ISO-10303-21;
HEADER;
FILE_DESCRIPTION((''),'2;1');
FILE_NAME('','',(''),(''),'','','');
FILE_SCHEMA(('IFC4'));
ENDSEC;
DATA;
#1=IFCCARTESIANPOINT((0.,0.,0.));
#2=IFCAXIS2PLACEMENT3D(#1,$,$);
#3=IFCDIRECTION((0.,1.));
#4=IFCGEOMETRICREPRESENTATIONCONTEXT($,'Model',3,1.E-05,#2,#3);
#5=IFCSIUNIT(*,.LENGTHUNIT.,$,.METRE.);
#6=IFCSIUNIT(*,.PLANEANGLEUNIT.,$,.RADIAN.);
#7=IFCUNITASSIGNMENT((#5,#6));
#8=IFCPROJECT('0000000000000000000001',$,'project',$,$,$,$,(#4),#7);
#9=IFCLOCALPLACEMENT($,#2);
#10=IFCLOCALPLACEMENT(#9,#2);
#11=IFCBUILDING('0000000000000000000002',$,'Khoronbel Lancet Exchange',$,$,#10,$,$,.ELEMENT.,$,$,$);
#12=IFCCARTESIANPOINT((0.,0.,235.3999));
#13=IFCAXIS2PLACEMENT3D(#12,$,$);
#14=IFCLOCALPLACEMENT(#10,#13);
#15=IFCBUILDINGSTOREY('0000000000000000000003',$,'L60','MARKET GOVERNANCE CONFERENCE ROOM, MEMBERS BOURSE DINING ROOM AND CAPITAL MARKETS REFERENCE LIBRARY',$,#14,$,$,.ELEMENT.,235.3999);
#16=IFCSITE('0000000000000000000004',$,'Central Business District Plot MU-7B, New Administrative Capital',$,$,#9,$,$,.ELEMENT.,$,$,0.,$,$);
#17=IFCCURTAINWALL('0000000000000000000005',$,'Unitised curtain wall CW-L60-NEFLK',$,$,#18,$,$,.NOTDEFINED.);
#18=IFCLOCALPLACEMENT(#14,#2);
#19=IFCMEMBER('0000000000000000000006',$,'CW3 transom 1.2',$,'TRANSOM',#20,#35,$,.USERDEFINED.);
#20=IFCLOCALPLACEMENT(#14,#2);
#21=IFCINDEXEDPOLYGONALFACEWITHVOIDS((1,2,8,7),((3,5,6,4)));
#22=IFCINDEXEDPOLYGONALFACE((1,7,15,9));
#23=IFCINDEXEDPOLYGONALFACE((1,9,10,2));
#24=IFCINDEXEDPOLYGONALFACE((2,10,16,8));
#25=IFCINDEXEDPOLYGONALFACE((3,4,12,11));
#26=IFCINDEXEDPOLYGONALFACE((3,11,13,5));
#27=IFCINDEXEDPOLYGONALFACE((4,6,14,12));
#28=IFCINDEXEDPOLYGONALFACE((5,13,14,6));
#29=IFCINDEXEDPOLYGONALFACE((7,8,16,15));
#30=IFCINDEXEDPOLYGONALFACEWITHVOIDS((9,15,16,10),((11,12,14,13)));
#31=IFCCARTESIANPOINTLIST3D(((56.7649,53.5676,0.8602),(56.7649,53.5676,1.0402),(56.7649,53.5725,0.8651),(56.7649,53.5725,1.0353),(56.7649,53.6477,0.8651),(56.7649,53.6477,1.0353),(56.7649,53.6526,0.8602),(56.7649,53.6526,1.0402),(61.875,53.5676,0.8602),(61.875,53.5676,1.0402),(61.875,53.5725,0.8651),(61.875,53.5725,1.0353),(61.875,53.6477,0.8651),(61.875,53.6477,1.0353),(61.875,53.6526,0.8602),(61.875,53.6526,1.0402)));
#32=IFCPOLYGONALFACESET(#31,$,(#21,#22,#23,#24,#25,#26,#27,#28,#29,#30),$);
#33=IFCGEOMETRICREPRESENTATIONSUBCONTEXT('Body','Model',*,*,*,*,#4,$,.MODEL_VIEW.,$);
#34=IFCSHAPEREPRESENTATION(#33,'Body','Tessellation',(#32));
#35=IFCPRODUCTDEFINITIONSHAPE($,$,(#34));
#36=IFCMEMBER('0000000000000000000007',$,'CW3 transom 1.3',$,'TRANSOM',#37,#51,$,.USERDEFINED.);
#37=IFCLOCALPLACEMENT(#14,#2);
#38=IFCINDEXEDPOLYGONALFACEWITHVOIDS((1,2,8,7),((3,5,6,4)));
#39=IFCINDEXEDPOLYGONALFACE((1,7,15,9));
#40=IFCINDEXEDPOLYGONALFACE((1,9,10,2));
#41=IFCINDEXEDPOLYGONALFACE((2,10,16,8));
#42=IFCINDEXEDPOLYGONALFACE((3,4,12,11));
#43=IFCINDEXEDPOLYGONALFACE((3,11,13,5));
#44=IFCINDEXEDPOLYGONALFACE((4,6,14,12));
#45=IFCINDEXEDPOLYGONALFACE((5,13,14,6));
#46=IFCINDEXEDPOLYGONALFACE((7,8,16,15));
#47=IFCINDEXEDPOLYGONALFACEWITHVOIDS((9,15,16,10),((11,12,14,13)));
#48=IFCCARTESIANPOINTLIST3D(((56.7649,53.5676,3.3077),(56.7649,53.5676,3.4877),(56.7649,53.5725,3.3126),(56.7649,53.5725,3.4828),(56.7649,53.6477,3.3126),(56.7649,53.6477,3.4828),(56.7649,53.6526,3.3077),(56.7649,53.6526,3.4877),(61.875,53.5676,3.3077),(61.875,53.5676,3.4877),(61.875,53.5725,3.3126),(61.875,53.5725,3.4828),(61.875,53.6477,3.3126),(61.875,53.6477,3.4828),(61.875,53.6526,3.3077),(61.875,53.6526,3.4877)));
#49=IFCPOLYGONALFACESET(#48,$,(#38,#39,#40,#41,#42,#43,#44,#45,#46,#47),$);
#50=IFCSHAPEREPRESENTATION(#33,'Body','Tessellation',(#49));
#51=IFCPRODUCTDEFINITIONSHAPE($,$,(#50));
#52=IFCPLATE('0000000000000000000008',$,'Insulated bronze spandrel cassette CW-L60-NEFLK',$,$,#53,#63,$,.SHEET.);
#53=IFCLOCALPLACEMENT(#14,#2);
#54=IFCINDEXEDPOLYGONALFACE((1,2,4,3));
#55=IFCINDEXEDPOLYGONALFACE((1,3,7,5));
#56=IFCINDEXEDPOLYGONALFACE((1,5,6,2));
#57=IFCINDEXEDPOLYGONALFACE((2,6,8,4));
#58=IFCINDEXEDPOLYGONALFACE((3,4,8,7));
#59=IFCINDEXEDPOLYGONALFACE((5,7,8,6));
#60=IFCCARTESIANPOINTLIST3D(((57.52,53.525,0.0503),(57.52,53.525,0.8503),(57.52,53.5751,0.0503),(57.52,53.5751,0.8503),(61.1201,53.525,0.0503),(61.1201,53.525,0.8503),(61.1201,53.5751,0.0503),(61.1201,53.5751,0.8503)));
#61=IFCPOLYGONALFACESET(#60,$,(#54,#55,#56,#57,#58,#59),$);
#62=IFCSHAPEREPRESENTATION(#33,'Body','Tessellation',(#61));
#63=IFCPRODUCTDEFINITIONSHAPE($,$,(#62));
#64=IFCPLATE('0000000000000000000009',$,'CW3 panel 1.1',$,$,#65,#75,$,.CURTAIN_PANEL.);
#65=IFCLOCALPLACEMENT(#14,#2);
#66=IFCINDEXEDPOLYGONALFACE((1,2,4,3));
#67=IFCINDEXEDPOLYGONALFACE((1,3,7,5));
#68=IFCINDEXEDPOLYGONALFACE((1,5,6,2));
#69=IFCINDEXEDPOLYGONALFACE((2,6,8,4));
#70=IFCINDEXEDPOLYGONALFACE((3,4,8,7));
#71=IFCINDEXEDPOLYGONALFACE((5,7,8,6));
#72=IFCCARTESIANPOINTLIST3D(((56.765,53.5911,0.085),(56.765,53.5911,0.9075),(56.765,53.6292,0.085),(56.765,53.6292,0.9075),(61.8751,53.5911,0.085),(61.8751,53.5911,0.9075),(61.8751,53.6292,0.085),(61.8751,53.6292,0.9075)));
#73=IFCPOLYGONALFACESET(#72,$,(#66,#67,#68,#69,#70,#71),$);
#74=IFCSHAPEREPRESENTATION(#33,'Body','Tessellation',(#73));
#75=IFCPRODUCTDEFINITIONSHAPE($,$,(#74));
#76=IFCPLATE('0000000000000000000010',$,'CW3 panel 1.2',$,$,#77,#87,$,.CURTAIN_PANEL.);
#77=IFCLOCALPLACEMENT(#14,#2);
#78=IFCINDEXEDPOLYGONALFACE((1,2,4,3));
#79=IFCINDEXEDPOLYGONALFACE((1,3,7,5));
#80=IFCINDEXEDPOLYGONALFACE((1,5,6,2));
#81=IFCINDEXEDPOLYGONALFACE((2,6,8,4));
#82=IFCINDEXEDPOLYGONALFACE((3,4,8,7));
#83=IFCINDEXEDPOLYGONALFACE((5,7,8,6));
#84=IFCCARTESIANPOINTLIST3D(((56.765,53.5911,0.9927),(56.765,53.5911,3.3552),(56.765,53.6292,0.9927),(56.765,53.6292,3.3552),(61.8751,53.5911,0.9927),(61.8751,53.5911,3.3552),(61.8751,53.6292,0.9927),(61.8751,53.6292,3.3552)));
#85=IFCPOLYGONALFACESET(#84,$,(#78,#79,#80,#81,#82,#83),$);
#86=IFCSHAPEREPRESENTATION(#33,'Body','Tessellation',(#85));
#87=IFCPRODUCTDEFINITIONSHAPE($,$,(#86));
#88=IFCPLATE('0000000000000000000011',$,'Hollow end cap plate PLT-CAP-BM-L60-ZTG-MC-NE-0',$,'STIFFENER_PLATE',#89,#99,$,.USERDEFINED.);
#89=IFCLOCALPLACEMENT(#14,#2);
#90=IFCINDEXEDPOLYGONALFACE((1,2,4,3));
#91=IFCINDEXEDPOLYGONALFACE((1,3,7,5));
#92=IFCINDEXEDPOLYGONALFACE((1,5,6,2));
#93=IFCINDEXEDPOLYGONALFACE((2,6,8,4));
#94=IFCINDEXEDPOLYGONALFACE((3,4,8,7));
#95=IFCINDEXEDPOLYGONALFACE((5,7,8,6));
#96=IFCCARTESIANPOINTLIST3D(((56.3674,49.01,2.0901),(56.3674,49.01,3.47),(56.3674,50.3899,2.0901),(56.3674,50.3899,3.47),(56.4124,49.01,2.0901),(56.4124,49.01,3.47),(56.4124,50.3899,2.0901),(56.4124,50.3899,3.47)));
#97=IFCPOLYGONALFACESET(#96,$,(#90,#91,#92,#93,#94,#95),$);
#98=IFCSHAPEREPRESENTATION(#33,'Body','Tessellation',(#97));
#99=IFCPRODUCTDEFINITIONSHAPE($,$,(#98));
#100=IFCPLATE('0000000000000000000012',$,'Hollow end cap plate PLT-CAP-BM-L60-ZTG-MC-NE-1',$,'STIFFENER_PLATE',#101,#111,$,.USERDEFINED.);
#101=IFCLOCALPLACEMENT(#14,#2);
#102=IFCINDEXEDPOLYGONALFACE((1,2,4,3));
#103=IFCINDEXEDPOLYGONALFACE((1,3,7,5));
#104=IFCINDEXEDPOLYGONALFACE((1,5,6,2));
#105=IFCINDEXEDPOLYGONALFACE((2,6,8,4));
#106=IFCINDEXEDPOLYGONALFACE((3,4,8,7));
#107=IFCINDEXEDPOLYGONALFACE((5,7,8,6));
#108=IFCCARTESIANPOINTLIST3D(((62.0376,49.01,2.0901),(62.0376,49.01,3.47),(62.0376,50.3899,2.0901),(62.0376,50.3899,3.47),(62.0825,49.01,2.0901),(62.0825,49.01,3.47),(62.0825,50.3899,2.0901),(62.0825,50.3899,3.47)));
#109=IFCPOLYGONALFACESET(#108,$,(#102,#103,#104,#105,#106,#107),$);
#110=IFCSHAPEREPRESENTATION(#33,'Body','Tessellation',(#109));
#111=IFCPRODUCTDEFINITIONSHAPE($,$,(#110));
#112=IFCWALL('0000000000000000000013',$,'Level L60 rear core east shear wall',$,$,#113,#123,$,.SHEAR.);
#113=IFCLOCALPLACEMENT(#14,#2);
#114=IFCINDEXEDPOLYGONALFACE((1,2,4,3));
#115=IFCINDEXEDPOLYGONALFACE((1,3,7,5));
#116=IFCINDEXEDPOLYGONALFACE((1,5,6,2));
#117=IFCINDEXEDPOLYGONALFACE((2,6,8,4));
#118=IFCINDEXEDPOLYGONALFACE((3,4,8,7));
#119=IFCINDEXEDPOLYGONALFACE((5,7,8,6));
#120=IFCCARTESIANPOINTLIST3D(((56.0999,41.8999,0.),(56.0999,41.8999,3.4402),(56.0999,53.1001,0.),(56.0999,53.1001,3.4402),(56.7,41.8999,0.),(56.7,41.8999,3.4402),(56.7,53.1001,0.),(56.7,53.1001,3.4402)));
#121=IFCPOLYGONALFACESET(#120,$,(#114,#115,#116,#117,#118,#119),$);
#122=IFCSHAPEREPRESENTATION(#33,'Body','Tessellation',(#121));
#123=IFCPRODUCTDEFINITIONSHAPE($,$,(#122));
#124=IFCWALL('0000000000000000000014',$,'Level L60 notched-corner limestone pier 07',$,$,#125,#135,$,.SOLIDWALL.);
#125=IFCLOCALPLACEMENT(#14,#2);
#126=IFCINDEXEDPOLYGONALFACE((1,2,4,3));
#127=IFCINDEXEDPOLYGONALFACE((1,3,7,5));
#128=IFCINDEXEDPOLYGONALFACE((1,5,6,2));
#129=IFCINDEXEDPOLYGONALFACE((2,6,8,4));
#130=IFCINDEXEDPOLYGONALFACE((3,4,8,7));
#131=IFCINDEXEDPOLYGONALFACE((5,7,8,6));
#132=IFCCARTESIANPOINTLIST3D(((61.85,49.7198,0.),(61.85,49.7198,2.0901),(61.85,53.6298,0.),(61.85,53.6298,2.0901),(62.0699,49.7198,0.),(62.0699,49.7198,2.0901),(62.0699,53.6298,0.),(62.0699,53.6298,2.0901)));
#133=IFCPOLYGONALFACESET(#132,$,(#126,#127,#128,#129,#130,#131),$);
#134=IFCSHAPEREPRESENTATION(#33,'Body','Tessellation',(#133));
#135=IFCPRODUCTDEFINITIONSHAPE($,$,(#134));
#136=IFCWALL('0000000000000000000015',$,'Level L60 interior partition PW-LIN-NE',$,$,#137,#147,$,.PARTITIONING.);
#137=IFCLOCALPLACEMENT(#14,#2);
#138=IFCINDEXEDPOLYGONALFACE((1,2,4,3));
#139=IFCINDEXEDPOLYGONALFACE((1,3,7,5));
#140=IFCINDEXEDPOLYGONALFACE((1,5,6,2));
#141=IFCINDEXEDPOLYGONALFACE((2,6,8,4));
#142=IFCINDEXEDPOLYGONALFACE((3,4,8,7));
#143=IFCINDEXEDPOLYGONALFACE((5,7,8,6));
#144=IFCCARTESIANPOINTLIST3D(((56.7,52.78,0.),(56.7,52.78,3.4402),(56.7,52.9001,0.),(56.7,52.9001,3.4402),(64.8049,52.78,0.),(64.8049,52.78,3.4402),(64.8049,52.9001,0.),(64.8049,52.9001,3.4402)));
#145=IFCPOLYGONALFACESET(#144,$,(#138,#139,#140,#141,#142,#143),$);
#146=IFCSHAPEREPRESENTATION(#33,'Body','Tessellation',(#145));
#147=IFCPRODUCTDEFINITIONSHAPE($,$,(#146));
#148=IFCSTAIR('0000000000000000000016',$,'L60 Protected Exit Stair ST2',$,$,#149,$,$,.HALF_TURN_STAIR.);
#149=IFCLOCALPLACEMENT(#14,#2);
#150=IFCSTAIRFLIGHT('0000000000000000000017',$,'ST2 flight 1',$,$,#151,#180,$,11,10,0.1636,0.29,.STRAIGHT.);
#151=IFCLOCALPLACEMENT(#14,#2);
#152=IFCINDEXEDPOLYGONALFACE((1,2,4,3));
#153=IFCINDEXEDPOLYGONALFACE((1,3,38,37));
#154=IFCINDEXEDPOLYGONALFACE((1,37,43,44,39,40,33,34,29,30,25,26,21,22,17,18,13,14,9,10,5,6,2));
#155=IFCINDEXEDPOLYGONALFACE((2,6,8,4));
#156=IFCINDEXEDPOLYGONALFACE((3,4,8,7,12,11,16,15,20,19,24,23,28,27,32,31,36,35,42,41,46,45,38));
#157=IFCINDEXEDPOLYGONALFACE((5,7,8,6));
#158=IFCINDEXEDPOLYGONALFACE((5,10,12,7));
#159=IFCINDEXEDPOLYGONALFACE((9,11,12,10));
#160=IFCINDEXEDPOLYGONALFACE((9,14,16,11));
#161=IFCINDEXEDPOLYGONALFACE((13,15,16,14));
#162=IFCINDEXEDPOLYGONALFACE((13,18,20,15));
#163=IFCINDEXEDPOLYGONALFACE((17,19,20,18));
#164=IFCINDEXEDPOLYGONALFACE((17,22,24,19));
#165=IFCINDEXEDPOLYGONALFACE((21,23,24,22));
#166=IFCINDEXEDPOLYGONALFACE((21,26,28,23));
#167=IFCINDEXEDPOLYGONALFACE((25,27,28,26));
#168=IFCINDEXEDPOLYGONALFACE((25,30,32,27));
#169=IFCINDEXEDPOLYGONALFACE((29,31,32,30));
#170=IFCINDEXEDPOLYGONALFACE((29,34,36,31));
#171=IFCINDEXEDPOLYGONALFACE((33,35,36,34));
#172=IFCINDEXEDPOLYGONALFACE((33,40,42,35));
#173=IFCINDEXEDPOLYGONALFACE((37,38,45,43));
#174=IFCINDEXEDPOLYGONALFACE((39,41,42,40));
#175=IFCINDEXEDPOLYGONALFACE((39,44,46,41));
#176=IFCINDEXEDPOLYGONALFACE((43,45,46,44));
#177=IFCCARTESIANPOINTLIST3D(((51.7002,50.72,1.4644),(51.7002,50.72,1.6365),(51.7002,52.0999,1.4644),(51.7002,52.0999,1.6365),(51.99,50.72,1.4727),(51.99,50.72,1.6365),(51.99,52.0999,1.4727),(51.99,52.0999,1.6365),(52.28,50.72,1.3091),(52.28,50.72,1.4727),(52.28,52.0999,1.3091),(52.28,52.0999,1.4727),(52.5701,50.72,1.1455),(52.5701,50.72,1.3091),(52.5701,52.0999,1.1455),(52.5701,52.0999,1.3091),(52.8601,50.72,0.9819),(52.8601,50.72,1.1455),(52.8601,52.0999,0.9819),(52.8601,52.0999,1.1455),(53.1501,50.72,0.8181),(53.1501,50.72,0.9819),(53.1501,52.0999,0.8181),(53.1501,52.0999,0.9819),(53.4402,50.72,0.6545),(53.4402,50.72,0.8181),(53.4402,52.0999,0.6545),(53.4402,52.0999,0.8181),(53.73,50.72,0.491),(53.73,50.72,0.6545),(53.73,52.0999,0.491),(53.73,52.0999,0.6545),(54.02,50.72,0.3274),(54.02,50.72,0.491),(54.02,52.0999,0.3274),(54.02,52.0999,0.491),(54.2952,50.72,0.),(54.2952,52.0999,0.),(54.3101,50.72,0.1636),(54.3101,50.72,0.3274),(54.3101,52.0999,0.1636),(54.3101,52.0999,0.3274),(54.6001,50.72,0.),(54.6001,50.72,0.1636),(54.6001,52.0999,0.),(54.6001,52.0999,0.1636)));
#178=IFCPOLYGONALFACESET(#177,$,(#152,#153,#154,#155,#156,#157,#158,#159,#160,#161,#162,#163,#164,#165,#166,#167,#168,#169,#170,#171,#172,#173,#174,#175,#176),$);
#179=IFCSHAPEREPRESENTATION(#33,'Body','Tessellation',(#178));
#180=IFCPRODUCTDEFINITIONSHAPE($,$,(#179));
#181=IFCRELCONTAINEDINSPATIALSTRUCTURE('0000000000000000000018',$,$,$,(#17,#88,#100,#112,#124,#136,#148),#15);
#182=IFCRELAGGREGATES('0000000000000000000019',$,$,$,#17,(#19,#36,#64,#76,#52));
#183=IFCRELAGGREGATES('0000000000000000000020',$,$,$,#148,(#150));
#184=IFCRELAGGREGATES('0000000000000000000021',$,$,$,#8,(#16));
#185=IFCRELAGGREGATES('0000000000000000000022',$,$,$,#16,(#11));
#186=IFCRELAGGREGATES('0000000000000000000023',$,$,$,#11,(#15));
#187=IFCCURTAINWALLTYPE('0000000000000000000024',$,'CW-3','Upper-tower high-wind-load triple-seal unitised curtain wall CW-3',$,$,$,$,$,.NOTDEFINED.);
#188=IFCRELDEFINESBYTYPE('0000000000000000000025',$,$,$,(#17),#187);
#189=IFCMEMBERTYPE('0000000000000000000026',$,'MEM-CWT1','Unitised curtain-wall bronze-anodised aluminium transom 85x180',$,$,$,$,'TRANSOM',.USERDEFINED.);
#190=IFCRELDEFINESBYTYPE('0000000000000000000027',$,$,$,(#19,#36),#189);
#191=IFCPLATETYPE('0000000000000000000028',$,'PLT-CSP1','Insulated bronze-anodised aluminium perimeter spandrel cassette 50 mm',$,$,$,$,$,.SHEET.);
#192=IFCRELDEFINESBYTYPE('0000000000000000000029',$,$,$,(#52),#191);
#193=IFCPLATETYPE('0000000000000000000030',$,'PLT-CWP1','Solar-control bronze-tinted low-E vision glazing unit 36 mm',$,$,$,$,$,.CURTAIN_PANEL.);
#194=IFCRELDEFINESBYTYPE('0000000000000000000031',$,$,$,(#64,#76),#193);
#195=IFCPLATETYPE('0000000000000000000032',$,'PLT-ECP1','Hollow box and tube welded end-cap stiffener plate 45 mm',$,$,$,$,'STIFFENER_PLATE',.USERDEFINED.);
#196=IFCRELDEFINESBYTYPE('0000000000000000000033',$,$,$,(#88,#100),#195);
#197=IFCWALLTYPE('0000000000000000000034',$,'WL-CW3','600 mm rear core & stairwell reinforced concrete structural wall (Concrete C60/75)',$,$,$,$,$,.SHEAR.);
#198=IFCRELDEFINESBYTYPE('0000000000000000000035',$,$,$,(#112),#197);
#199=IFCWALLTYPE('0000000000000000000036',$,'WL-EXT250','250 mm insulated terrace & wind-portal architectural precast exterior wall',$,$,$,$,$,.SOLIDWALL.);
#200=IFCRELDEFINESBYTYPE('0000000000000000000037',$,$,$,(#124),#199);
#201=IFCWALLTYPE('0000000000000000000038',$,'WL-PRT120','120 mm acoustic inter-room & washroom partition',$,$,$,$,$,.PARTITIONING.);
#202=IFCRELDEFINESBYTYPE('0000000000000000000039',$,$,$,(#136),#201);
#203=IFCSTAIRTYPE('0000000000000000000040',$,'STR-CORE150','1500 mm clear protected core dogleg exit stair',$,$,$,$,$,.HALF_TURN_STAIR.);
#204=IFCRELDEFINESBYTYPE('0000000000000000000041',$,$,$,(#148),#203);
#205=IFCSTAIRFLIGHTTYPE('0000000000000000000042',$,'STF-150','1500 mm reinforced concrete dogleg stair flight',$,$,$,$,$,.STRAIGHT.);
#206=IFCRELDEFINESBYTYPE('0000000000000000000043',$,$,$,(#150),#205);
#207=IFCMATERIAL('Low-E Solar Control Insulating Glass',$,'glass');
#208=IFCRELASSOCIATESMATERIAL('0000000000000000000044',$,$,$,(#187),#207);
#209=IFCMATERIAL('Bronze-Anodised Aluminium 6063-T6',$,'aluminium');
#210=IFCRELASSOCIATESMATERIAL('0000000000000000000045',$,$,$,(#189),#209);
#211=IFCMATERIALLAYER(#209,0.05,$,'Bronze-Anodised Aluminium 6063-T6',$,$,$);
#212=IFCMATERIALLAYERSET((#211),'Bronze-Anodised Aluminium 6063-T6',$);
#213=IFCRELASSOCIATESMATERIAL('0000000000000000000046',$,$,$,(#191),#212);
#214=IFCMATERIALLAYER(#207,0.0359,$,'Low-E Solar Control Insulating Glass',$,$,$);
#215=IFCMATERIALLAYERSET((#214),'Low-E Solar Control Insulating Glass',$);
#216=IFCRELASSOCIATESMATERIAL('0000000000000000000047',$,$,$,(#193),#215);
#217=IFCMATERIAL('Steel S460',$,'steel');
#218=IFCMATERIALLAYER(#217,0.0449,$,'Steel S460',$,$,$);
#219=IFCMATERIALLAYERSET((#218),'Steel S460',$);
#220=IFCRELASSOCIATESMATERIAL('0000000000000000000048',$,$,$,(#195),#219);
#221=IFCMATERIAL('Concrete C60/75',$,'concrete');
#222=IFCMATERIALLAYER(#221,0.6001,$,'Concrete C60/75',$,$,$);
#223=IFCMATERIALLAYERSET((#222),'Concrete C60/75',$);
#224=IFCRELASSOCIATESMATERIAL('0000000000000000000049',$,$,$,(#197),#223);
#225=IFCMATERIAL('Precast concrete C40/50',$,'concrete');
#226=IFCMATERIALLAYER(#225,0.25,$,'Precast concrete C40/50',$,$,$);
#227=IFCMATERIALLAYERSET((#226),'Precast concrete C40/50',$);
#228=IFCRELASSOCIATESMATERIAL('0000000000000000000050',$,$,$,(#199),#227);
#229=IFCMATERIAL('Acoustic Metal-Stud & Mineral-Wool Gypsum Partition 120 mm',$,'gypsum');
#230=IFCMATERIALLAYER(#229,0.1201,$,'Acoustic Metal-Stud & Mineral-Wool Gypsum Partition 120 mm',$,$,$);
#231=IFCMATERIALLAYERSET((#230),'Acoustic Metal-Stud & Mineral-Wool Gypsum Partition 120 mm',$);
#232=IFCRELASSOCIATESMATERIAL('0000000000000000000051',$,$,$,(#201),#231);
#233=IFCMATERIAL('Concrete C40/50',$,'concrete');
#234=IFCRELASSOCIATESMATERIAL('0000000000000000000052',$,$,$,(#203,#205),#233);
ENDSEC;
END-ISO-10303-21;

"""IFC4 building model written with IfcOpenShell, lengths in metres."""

from ifc_helpers import new_model, si_unit, direction, frame, frame_2d, origin, origin_2d, place, context, subcontext, project, spatial, polyline, rectangle, hollow_rectangle, outline, extrude, material, layer, layer_set, material_profile, profile_set, type_object, element, aggregate, save


model = new_model("IFC4")

# Units and contexts
model_context = context("Model", 3, precision=1e-05, world=origin(), true_north=direction((0.0, 1.0)))
body_context = subcontext(model_context, "Body", "Model", "MODEL_VIEW")
ifc_project = project(units=[si_unit("LENGTHUNIT", "METRE"), si_unit("PLANEANGLEUNIT", "RADIAN")], contexts=[model_context])

# Site, building, storey
site_placement = place(None, origin())
site = spatial("IfcSite", under=ifc_project, at=site_placement, Name="Central Business District Plot MU-7B, New Administrative Capital", CompositionType="ELEMENT", RefElevation=0.0)
building_placement = place(site_placement, origin())
building = spatial("IfcBuilding", under=site, at=building_placement, Name="Khoronbel Lancet Exchange", CompositionType="ELEMENT")
storey_placement = place(building_placement, frame((0.0, 0.0, 235.3999)))
storey = spatial("IfcBuildingStorey", under=building, at=storey_placement, Name="L60", Description="MARKET GOVERNANCE CONFERENCE ROOM, MEMBERS BOURSE DINING ROOM AND CAPITAL MARKETS REFERENCE LIBRARY", CompositionType="ELEMENT", Elevation=235.3999)

# Shared definitions
ifc_material_1 = material(Name="Steel S460", Category="steel")

# Curtain wall, members, plates
ifc_material_2 = material(Name="Low-E Solar Control Insulating Glass", Category="glass")
curtain_wall_type = type_object("IfcCurtainWallType", Name="CW-3", Description="Upper-tower high-wind-load triple-seal unitised curtain wall CW-3", PredefinedType="NOTDEFINED", material=ifc_material_2)
curtain_wall_placement = place(storey_placement, origin())
curtain_wall = element("IfcCurtainWall", 1, at=curtain_wall_placement, inside=storey, type_object=curtain_wall_type, Name="Unitised curtain wall CW-L60-NEFLK", PredefinedType="NOTDEFINED")
ifc_material_3 = material(Name="Bronze-Anodised Aluminium 6063-T6", Category="aluminium")
ifc_material_profile_1 = material_profile(ifc_material_3, hollow_rectangle(XDim=0.085, YDim=0.1799, WallThickness=0.0049, at=origin_2d()), Name="ALU TRANSOM 85x180")
ifc_profile_set_1 = profile_set([ifc_material_profile_1], Name="Bronze-Anodised Aluminium 6063-T6")
member_type_1 = type_object("IfcMemberType", Name="MEM-CWT1", Description="Unitised curtain-wall bronze-anodised aluminium transom 85x180", ElementType="TRANSOM", PredefinedType="USERDEFINED", material=ifc_profile_set_1)
member_1_placement = place(storey_placement, frame((61.875, 53.6101, 0.9502), z_axis=(-1.0, 0.0, 0.0), x_axis=(0.0, -1.0, 0.0)))
member_1 = element("IfcMember", 2, at=member_1_placement, type_object=member_type_1, Name="CW3 transom 1.2", ObjectType="TRANSOM", PredefinedType="USERDEFINED", context=body_context, shape_type="SweptSolid", body=[
    extrude(hollow_rectangle(XDim=0.085, YDim=0.1799, WallThickness=0.0049, at=origin_2d()), origin(), (0.0, 0.0, 1.0), 5.1101),
])
member_2_placement = place(storey_placement, frame((61.875, 53.6101, 3.3977), z_axis=(-1.0, 0.0, 0.0), x_axis=(0.0, -1.0, 0.0)))
member_2 = element("IfcMember", 3, at=member_2_placement, type_object=member_type_1, Name="CW3 transom 1.3", ObjectType="TRANSOM", PredefinedType="USERDEFINED", context=body_context, shape_type="SweptSolid", body=[
    extrude(hollow_rectangle(XDim=0.085, YDim=0.1799, WallThickness=0.0049, at=origin_2d()), origin(), (0.0, 0.0, 1.0), 5.1101),
])
ifc_layer_1 = layer(ifc_material_3, 0.05, Name="Bronze-Anodised Aluminium 6063-T6")
ifc_layer_set_1 = layer_set([ifc_layer_1], Name="Bronze-Anodised Aluminium 6063-T6")
plate_type_1 = type_object("IfcPlateType", Name="PLT-CSP1", Description="Insulated bronze-anodised aluminium perimeter spandrel cassette 50 mm", PredefinedType="SHEET", material=ifc_layer_set_1)
plate_1_placement = place(storey_placement, frame((59.3201, 53.55, 0.0503), z_axis=(0.0, 0.0, 1.0), x_axis=(-1.0, 0.0, 0.0)))
plate_1 = element("IfcPlate", 4, at=plate_1_placement, type_object=plate_type_1, Name="Insulated bronze spandrel cassette CW-L60-NEFLK", PredefinedType="SHEET", context=body_context, shape_type="SweptSolid", body=[
    extrude(rectangle(XDim=3.6001, YDim=0.05, at=origin_2d()), origin(), (0.0, 0.0, 1.0), 0.8),
])
ifc_layer_2 = layer(ifc_material_2, 0.0359, Name="Low-E Solar Control Insulating Glass")
ifc_layer_set_2 = layer_set([ifc_layer_2], Name="Low-E Solar Control Insulating Glass")
plate_type_2 = type_object("IfcPlateType", Name="PLT-CWP1", Description="Solar-control bronze-tinted low-E vision glazing unit 36 mm", PredefinedType="CURTAIN_PANEL", material=ifc_layer_set_2)
plate_2_placement = place(storey_placement, frame((59.3201, 53.6101, 0.085), z_axis=(0.0, 0.0, 1.0), x_axis=(-1.0, 0.0, 0.0)))
plate_2 = element("IfcPlate", 5, at=plate_2_placement, type_object=plate_type_2, Name="CW3 panel 1.1", PredefinedType="CURTAIN_PANEL", context=body_context, shape_type="SweptSolid", body=[
    extrude(rectangle(XDim=5.1101, YDim=0.0381, at=origin_2d()), origin(), (0.0, 0.0, 1.0), 0.8225),
])
plate_3_placement = place(storey_placement, frame((59.3201, 53.6101, 0.9927), z_axis=(0.0, 0.0, 1.0), x_axis=(-1.0, 0.0, 0.0)))
plate_3 = element("IfcPlate", 6, at=plate_3_placement, type_object=plate_type_2, Name="CW3 panel 1.2", PredefinedType="CURTAIN_PANEL", context=body_context, shape_type="SweptSolid", body=[
    extrude(rectangle(XDim=5.1101, YDim=0.0381, at=origin_2d()), origin(), (0.0, 0.0, 1.0), 2.3625),
])
aggregate(curtain_wall, [member_1, member_2, plate_2, plate_3, plate_1])

# Plates
ifc_layer_3 = layer(ifc_material_1, 0.0449, Name="Steel S460")
ifc_layer_set_3 = layer_set([ifc_layer_3], Name="Steel S460")
plate_type_3 = type_object("IfcPlateType", Name="PLT-ECP1", Description="Hollow box and tube welded end-cap stiffener plate 45 mm", ElementType="STIFFENER_PLATE", PredefinedType="USERDEFINED", material=ifc_layer_set_3)
for number, where, z_axis, x_axis, name in (
    (7, (56.3899, 49.7, 2.0901), (0.0, 0.0, 1.0), (-1.0, 0.0, 0.0), "Hollow end cap plate PLT-CAP-BM-L60-ZTG-MC-NE-0"),
    (8, (62.0601, 49.7, 2.0901), (0.0, 0.0, 1.0), (1.0, 0.0, 0.0), "Hollow end cap plate PLT-CAP-BM-L60-ZTG-MC-NE-1"),
):
    element("IfcPlate", number, at=place(storey_placement, frame(where, z_axis=z_axis, x_axis=x_axis)), inside=storey, type_object=plate_type_3, Name=name, ObjectType="STIFFENER_PLATE", PredefinedType="USERDEFINED", context=body_context, shape_type="SweptSolid", body=[
        extrude(rectangle(XDim=0.0449, YDim=1.3799, at=origin_2d()), origin(), (0.0, 0.0, 1.0), 1.3799),
    ])

# Walls
ifc_material_4 = material(Name="Concrete C60/75", Category="concrete")
ifc_layer_4 = layer(ifc_material_4, 0.6001, Name="Concrete C60/75")
ifc_layer_set_4 = layer_set([ifc_layer_4], Name="Concrete C60/75")
wall_type_1 = type_object("IfcWallType", Name="WL-CW3", Description="600 mm rear core & stairwell reinforced concrete structural wall (Concrete C60/75)", PredefinedType="SHEAR", material=ifc_layer_set_4)
wall_1_placement = place(storey_placement, frame((56.3999, 53.1001, 0.0), z_axis=(0.0, 0.0, 1.0), x_axis=(0.0, -1.0, 0.0)))
element("IfcWall", 9, at=wall_1_placement, inside=storey, type_object=wall_type_1, Name="Level L60 rear core east shear wall", PredefinedType="SHEAR", context=body_context, shape_type="SweptSolid", body=[
    extrude(rectangle(XDim=11.2002, YDim=0.6001, at=frame_2d((5.6001, 0.0))), origin(), (0.0, 0.0, 1.0), 3.4402),
])
ifc_material_5 = material(Name="Precast concrete C40/50", Category="concrete")
ifc_layer_5 = layer(ifc_material_5, 0.25, Name="Precast concrete C40/50")
ifc_layer_set_5 = layer_set([ifc_layer_5], Name="Precast concrete C40/50")
wall_type_2 = type_object("IfcWallType", Name="WL-EXT250", Description="250 mm insulated terrace & wind-portal architectural precast exterior wall", PredefinedType="SOLIDWALL", material=ifc_layer_set_5)
wall_2_placement = place(storey_placement, frame((61.96, 53.6299, 0.0), z_axis=(0.0, 0.0, 1.0), x_axis=(0.0, -1.0, 0.0)))
element("IfcWall", 10, at=wall_2_placement, inside=storey, type_object=wall_type_2, Name="Level L60 notched-corner limestone pier 07", PredefinedType="SOLIDWALL", context=body_context, shape_type="SweptSolid", body=[
    extrude(rectangle(XDim=3.9099, YDim=0.22, at=frame_2d((1.9551, 0.0))), origin(), (0.0, 0.0, 1.0), 2.0901),
])
ifc_material_6 = material(Name="Acoustic Metal-Stud & Mineral-Wool Gypsum Partition 120 mm", Category="gypsum")
ifc_layer_6 = layer(ifc_material_6, 0.1201, Name="Acoustic Metal-Stud & Mineral-Wool Gypsum Partition 120 mm")
ifc_layer_set_6 = layer_set([ifc_layer_6], Name="Acoustic Metal-Stud & Mineral-Wool Gypsum Partition 120 mm")
wall_type_3 = type_object("IfcWallType", Name="WL-PRT120", Description="120 mm acoustic inter-room & washroom partition", PredefinedType="PARTITIONING", material=ifc_layer_set_6)
wall_3_placement = place(storey_placement, frame((56.7, 52.8401, 0.0), z_axis=(0.0, 0.0, 1.0), x_axis=(1.0, 0.0, 0.0)))
element("IfcWall", 11, at=wall_3_placement, inside=storey, type_object=wall_type_3, Name="Level L60 interior partition PW-LIN-NE", PredefinedType="PARTITIONING", context=body_context, shape_type="SweptSolid", body=[
    extrude(rectangle(XDim=8.105, YDim=0.1201, at=frame_2d((4.0525, 0.0))), origin(), (0.0, 0.0, 1.0), 3.4402),
])

# Stair, stair flight
ifc_material_7 = material(Name="Concrete C40/50", Category="concrete")
stair_type = type_object("IfcStairType", Name="STR-CORE150", Description="1500 mm clear protected core dogleg exit stair", PredefinedType="HALF_TURN_STAIR", material=ifc_material_7)
stair_placement = place(storey_placement, origin())
stair = element("IfcStair", 12, at=stair_placement, inside=storey, type_object=stair_type, Name="L60 Protected Exit Stair ST2", PredefinedType="HALF_TURN_STAIR")
stair_flight_type = type_object("IfcStairFlightType", Name="STF-150", Description="1500 mm reinforced concrete dogleg stair flight", PredefinedType="STRAIGHT", material=ifc_material_7)
stair_flight_placement = place(storey_placement, frame((54.6001, 51.4099, 0.0), z_axis=(0.0, 0.0, 1.0), x_axis=(-1.0, 0.0, 0.0)))
stair_flight = element("IfcStairFlight", 13, at=stair_flight_placement, type_object=stair_flight_type, Name="ST2 flight 1", NumberOfRisers=11, NumberOfTreads=10, PredefinedType="STRAIGHT", RiserHeight=0.1636, TreadLength=0.29, context=body_context, shape_type="SweptSolid", body=[
    extrude(outline(polyline([(0.0, 0.0), (0.0, 0.1636), (0.29, 0.1636), (0.29, 0.3274), (0.5801, 0.3274), (0.5801, 0.491), (0.8701, 0.491), (0.8701, 0.6545), (1.1599, 0.6545), (1.1599, 0.8181), (1.45, 0.8181), (1.45, 0.9819), (1.74, 0.9819), (1.74, 1.1455), (2.03, 1.1455), (2.03, 1.3091), (2.3201, 1.3091), (2.3201, 1.4727), (2.6101, 1.4727), (2.6101, 1.6365), (2.8999, 1.6365), (2.8999, 1.8), (2.8999, 1.4644), (0.3049, 0.0), (0.0, 0.0)])), frame((0.0, 0.6899, 0.0), z_axis=(0.0, -1.0, 0.0), x_axis=(1.0, 0.0, 0.0)), (0.0, 0.0, 1.0), 1.3799),
])
aggregate(stair, [stair_flight])

save(model, "model.ifc")
